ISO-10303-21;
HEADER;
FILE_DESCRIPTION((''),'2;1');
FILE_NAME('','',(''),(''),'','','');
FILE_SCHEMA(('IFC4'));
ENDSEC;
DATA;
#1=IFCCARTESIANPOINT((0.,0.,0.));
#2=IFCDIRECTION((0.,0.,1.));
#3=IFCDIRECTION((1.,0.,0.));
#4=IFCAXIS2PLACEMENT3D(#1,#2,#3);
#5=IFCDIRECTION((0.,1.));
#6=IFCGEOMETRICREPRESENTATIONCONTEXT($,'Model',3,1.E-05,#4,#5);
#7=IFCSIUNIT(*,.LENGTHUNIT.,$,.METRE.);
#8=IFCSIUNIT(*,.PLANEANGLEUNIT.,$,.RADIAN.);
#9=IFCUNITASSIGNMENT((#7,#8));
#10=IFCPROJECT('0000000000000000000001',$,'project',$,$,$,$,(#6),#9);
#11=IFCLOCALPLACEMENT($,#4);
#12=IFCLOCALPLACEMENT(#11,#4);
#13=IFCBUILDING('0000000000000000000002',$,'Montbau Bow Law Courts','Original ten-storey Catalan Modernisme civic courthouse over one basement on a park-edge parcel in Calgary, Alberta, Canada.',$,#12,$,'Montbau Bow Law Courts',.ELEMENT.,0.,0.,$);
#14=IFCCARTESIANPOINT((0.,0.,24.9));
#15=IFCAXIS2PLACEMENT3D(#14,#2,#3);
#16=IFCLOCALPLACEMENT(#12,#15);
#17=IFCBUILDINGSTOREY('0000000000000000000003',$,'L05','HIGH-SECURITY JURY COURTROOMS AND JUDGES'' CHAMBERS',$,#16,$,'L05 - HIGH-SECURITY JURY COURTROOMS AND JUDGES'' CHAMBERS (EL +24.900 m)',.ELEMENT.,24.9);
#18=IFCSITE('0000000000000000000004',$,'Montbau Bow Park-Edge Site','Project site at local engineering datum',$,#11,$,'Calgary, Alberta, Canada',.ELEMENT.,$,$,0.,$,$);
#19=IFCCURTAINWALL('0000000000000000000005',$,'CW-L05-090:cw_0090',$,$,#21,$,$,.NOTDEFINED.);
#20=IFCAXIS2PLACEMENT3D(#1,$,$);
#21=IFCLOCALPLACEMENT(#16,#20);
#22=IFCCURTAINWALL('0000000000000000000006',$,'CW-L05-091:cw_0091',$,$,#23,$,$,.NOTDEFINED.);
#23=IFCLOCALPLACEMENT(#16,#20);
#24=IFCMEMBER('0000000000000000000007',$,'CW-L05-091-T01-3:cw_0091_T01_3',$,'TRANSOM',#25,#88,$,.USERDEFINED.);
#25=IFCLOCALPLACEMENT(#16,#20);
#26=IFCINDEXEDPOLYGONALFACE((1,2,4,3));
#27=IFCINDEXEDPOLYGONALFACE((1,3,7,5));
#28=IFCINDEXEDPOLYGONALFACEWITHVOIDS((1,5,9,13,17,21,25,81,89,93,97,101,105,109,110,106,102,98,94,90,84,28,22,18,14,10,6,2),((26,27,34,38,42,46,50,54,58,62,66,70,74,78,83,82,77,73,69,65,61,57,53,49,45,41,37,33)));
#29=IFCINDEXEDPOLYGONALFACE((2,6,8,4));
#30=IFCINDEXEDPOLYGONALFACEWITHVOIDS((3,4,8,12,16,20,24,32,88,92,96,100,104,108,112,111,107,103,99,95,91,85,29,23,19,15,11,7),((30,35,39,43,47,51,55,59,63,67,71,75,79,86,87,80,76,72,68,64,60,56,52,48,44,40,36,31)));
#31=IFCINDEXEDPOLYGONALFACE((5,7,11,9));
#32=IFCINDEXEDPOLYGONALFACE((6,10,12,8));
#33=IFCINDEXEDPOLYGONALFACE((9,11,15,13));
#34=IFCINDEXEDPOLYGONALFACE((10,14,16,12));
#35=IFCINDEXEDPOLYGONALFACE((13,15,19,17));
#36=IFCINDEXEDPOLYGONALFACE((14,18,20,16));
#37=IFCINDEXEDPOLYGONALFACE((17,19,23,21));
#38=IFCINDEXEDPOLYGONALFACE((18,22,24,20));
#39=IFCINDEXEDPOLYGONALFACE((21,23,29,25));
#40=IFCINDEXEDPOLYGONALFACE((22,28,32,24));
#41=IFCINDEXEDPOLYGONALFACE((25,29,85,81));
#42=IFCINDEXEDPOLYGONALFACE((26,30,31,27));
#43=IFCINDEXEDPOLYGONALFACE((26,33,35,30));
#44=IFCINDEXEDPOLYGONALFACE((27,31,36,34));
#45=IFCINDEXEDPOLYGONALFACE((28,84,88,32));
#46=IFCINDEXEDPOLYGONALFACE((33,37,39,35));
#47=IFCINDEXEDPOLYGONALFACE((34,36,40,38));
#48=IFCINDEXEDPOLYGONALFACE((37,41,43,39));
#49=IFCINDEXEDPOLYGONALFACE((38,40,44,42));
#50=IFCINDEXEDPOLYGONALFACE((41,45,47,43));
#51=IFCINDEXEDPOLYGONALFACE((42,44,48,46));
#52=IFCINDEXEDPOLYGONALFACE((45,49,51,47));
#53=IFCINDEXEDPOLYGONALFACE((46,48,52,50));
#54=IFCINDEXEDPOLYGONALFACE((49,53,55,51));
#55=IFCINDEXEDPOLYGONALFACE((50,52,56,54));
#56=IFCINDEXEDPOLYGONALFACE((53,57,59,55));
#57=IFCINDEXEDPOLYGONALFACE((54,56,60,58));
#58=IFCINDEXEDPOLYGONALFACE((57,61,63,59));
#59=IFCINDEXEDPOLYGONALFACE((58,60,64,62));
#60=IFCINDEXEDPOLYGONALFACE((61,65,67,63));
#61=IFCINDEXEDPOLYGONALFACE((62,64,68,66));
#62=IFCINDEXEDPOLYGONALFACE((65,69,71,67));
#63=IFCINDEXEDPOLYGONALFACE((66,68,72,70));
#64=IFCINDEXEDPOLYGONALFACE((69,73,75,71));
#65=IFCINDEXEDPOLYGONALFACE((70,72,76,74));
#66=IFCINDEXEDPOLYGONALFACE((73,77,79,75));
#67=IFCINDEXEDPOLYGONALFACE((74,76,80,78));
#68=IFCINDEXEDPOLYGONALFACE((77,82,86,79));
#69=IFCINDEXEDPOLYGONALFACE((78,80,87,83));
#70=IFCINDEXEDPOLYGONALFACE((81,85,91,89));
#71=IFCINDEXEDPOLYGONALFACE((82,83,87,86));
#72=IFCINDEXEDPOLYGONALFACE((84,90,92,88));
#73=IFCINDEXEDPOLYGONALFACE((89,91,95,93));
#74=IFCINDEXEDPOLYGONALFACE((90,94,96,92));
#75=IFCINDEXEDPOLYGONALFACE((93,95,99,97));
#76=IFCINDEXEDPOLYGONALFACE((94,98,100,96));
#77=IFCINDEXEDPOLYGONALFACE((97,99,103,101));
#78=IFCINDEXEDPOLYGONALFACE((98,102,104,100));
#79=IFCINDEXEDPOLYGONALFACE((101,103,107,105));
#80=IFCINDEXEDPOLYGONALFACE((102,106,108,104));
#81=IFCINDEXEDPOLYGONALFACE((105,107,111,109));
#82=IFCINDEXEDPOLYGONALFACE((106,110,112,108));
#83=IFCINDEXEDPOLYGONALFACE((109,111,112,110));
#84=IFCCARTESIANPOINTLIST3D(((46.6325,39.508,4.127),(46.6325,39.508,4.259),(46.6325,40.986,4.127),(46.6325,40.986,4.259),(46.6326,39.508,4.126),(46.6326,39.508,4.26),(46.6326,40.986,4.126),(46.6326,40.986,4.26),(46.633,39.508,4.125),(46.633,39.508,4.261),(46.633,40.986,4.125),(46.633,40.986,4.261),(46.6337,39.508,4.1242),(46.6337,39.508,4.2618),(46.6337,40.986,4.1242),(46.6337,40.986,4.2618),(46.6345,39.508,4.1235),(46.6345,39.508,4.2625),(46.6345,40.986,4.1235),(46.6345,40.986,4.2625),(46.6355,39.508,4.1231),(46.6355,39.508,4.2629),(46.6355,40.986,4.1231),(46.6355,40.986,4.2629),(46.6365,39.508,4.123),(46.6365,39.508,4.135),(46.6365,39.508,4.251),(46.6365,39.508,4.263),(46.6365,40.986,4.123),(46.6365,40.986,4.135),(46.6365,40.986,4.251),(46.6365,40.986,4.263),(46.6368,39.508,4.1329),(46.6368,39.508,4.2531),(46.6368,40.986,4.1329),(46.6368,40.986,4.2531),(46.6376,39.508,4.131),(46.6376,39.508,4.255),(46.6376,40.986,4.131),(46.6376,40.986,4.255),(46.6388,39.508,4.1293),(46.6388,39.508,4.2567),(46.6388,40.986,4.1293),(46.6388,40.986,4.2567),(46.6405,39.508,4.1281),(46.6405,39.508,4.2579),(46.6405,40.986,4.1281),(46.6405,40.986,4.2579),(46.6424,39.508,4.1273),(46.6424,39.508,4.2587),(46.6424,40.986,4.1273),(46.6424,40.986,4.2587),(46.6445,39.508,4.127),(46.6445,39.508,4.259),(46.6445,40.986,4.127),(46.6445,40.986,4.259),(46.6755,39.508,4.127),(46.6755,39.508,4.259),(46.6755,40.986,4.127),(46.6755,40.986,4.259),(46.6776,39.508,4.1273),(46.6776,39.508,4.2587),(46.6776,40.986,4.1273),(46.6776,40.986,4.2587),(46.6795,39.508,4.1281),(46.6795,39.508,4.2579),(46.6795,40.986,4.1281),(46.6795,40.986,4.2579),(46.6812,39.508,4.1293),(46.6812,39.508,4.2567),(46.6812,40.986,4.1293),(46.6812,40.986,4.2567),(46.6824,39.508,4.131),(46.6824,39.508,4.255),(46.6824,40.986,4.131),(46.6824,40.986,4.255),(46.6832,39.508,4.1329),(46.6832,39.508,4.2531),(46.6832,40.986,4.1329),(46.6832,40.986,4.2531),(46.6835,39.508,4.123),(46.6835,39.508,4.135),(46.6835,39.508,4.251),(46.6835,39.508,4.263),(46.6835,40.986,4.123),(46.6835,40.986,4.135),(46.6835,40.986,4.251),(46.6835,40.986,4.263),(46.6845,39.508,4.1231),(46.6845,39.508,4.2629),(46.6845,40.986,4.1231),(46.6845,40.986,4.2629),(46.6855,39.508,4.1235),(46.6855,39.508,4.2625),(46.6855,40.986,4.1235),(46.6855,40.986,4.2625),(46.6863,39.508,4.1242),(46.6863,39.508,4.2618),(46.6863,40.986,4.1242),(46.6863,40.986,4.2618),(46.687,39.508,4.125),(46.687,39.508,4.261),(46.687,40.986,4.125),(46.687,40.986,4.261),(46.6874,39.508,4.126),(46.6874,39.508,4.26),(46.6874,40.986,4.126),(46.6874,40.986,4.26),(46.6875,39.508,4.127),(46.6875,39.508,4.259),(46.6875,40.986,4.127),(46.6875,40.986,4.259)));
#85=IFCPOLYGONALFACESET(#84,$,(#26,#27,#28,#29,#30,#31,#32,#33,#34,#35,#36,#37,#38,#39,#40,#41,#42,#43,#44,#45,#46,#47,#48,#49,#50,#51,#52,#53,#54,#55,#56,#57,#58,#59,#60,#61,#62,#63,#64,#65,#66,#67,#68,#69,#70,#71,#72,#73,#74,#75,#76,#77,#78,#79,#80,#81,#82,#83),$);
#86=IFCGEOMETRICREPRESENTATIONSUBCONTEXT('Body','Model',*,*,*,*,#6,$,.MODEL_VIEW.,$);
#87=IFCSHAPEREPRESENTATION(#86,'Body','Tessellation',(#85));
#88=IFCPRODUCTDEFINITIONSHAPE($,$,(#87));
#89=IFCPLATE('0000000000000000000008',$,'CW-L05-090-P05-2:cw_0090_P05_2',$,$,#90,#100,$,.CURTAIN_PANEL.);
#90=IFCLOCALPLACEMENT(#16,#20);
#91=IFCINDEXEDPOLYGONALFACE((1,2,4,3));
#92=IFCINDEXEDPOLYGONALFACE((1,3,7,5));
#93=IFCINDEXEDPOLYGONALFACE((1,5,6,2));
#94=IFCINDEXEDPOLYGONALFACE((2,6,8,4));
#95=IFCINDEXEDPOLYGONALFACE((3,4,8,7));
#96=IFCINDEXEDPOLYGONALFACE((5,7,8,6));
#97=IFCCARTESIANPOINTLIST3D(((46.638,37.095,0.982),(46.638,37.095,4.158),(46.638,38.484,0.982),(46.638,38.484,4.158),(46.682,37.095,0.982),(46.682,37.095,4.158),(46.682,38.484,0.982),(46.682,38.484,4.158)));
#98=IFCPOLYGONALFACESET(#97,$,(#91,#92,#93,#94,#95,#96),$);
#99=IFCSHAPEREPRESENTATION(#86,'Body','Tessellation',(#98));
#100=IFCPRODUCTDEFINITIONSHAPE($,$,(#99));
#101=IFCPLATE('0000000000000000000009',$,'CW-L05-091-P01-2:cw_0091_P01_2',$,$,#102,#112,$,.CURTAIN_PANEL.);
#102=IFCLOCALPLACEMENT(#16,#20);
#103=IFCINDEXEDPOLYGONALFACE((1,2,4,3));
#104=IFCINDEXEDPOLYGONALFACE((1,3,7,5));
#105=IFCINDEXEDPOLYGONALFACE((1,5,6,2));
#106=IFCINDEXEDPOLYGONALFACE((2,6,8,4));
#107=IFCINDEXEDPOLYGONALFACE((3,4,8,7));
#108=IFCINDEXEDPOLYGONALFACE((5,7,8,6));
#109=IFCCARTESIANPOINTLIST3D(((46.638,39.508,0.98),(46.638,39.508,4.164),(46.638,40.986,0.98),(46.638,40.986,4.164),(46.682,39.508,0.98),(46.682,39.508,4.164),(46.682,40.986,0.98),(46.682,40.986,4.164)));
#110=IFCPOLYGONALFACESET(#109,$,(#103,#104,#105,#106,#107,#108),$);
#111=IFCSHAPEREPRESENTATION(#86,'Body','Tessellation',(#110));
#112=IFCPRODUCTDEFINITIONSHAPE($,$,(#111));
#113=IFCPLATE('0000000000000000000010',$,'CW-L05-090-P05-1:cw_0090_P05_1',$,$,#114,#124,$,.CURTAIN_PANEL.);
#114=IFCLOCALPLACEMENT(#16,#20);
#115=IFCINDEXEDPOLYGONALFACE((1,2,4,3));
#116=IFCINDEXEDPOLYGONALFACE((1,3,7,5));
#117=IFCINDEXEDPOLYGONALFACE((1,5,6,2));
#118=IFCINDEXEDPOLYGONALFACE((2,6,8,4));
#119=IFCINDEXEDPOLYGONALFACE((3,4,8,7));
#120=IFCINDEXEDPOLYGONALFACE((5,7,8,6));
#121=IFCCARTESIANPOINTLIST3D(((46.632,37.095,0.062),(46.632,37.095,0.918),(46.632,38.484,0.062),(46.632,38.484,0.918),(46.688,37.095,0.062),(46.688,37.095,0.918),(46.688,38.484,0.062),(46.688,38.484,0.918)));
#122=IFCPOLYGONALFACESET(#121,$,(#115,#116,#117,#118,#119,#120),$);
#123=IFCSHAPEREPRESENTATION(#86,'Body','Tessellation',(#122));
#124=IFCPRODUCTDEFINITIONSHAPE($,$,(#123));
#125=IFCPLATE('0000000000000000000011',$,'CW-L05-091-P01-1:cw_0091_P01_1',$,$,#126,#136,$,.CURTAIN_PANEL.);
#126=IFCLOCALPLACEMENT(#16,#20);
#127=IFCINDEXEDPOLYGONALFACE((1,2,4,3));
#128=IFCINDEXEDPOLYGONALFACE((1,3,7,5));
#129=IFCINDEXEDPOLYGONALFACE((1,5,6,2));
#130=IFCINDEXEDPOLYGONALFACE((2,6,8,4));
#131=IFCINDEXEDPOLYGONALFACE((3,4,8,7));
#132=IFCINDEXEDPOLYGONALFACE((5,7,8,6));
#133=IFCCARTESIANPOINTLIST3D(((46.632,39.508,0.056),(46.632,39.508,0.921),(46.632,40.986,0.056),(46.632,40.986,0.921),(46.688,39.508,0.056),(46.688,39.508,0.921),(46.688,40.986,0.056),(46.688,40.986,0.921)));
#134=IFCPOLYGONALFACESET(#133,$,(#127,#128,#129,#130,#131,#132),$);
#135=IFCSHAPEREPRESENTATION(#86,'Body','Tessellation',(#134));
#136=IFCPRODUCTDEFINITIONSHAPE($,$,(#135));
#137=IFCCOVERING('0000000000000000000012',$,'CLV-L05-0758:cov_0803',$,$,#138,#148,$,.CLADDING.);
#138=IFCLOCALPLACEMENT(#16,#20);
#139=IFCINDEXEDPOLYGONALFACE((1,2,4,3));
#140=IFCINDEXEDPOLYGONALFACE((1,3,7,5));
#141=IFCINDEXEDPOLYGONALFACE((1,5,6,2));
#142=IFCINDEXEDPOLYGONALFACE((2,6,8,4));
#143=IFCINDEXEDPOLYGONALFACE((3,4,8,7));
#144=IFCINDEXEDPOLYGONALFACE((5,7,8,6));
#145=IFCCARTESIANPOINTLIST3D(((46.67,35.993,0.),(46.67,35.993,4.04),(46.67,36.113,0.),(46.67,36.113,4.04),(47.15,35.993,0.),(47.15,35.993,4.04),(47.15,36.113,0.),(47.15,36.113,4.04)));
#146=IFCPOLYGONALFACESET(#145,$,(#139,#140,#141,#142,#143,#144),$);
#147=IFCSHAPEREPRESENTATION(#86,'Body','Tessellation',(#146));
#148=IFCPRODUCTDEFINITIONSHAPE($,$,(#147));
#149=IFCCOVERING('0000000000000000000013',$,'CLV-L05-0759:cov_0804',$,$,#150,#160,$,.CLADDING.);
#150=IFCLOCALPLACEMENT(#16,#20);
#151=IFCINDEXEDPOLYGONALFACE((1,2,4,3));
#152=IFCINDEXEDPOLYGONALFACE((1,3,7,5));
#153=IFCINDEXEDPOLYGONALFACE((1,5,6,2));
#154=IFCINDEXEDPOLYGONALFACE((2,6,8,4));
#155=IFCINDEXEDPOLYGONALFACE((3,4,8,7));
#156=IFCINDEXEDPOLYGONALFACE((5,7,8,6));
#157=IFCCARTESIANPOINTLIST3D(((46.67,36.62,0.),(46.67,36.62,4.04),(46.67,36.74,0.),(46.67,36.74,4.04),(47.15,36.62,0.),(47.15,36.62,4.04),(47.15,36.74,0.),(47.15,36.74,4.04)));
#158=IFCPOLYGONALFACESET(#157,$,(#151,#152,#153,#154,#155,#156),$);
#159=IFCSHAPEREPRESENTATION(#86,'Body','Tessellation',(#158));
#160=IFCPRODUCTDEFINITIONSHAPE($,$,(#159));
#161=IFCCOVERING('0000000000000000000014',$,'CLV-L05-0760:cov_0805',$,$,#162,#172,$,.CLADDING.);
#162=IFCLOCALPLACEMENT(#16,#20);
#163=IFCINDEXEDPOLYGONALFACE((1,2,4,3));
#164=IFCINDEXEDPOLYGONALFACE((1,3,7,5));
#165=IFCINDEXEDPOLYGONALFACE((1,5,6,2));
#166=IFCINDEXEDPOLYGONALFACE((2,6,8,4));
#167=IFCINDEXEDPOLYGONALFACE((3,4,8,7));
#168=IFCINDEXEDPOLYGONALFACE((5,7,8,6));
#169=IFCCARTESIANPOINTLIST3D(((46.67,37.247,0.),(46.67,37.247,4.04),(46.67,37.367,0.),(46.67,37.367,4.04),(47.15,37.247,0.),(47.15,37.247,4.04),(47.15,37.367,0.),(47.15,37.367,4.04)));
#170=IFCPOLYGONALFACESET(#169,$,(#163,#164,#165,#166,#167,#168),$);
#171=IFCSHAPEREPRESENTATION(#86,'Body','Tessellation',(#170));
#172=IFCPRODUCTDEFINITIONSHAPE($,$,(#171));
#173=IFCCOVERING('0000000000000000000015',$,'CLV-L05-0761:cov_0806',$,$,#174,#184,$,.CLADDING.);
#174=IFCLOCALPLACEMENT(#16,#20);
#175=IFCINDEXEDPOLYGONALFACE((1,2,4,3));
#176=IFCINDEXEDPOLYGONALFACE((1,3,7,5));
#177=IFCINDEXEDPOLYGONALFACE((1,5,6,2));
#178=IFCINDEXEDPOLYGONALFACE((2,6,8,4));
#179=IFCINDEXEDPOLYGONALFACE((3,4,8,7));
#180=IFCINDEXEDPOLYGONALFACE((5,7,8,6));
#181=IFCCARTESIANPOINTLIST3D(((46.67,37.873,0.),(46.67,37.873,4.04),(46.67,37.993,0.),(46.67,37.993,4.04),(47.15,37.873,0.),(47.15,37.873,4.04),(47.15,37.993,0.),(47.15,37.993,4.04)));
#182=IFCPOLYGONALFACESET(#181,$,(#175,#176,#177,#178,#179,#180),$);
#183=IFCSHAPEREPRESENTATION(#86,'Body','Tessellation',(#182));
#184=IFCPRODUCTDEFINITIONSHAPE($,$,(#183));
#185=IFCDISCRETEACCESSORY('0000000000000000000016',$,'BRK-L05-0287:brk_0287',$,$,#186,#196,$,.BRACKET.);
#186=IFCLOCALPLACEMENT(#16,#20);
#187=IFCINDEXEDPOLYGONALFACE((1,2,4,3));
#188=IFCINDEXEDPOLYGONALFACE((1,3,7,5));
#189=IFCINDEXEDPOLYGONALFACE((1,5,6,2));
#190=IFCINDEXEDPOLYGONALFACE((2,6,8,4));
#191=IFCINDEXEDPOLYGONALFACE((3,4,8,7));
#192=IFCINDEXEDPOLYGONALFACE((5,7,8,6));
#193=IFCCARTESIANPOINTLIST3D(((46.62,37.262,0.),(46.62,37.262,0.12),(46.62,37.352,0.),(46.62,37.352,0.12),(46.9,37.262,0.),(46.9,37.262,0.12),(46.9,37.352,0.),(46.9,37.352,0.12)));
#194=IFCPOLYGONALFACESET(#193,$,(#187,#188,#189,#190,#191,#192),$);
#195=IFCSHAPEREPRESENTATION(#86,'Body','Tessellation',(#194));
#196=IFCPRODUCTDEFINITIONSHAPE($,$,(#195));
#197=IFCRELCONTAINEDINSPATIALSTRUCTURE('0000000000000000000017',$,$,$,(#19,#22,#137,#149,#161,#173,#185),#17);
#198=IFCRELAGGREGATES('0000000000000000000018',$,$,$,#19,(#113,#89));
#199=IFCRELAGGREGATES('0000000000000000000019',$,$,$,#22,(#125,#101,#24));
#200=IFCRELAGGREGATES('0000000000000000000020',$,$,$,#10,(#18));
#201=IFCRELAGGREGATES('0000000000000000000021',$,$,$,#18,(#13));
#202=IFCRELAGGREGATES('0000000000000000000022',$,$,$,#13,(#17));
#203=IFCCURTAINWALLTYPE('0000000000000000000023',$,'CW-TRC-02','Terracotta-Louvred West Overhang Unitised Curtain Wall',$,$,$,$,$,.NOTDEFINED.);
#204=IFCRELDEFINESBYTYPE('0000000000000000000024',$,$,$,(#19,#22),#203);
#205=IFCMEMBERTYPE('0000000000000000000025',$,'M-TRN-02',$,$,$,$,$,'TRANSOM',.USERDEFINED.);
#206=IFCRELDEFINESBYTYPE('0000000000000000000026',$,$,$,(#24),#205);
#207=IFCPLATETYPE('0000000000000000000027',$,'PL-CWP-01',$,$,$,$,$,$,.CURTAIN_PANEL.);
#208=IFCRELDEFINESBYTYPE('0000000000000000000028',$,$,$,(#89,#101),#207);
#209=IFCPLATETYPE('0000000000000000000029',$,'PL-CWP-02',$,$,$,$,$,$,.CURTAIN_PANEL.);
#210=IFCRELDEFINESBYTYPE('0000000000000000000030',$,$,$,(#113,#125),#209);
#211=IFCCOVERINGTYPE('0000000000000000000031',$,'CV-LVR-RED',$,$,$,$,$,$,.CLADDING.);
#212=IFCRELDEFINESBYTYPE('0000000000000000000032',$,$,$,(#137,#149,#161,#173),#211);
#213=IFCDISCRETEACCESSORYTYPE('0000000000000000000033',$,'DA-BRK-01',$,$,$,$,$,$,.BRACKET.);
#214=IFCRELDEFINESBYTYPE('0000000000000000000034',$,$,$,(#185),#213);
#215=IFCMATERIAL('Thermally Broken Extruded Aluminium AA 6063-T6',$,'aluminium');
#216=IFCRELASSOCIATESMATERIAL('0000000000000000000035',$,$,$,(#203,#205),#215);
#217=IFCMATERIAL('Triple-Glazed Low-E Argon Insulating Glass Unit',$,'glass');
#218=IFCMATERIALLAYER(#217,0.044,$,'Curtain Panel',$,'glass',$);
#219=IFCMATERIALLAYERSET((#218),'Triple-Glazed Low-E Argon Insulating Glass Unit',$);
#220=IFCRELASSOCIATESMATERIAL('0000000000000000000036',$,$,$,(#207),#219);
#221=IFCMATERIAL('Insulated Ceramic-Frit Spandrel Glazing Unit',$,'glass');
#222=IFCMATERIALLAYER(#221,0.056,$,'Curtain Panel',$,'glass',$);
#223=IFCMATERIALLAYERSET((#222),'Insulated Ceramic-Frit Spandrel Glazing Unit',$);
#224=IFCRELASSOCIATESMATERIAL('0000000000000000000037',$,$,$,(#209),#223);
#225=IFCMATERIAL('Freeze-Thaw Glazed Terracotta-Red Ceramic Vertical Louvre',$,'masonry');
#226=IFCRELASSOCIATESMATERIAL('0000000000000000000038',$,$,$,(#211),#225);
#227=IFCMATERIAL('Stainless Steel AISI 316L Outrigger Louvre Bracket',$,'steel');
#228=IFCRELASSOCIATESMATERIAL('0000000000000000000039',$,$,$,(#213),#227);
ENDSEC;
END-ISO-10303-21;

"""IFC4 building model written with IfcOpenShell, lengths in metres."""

from ifc_helpers import new_model, si_unit, direction, frame, frame_2d, origin_with_axes, origin_2d_with_axis, place, context, subcontext, project, spatial, rectangle, hollow_rectangle, extrude, material, layer, layer_set, material_profile, profile_set, type_object, element, aggregate, save


model = new_model("IFC4")

# Units and contexts
model_context = context("Model", 3, precision=1e-05, world=origin_with_axes(), true_north=direction((0.0, 1.0)))
body_context = subcontext(model_context, "Body", "Model", "MODEL_VIEW")
ifc_project = project(units=[si_unit("LENGTHUNIT", "METRE"), si_unit("PLANEANGLEUNIT", "RADIAN")], contexts=[model_context])

# Site, building, storey
site_placement = place(None, origin_with_axes())
site = spatial("IfcSite", under=ifc_project, at=site_placement, Name="Montbau Bow Park-Edge Site", Description="Project site at local engineering datum", LongName="Calgary, Alberta, Canada", CompositionType="ELEMENT", RefElevation=0.0)
building_placement = place(site_placement, origin_with_axes())
building = spatial("IfcBuilding", under=site, at=building_placement, Name="Montbau Bow Law Courts", Description="Original ten-storey Catalan Modernisme civic courthouse over one basement on a park-edge parcel in Calgary, Alberta, Canada.", LongName="Montbau Bow Law Courts", CompositionType="ELEMENT", ElevationOfRefHeight=0.0, ElevationOfTerrain=0.0)
storey_placement = place(building_placement, frame((0.0, 0.0, 24.9), z_axis=(0.0, 0.0, 1.0), x_axis=(1.0, 0.0, 0.0)))
storey = spatial("IfcBuildingStorey", under=building, at=storey_placement, Name="L05", Description="HIGH-SECURITY JURY COURTROOMS AND JUDGES' CHAMBERS", LongName="L05 - HIGH-SECURITY JURY COURTROOMS AND JUDGES' CHAMBERS (EL +24.900 m)", CompositionType="ELEMENT", Elevation=24.9)

# Curtain wall
ifc_material_1 = material(Name="Thermally Broken Extruded Aluminium AA 6063-T6", Category="aluminium")
curtain_wall_type = type_object("IfcCurtainWallType", Name="CW-TRC-02", Description="Terracotta-Louvred West Overhang Unitised Curtain Wall", PredefinedType="NOTDEFINED", material=ifc_material_1)
curtain_wall_1_placement = place(None, frame((46.66, 31.04, 24.9), z_axis=(0.0, 0.0, 1.0), x_axis=(1.0, 0.0, 0.0)))
curtain_wall_1 = element("IfcCurtainWall", 1, at=curtain_wall_1_placement, inside=storey, type_object=curtain_wall_type, Name="CW-L05-090:cw_0090", PredefinedType="NOTDEFINED")

# Curtain wall
curtain_wall_2_placement = place(None, frame((46.66, 39.44, 24.9), z_axis=(0.0, 0.0, 1.0), x_axis=(1.0, 0.0, 0.0)))
curtain_wall_2 = element("IfcCurtainWall", 2, at=curtain_wall_2_placement, inside=storey, type_object=curtain_wall_type, Name="CW-L05-091:cw_0091", PredefinedType="NOTDEFINED")

# Member
ifc_material_profile_1 = material_profile(ifc_material_1, hollow_rectangle(XDim=0.055, YDim=0.14, WallThickness=0.004, InnerFilletRadius=0.008, OuterFilletRadius=0.004, at=origin_2d_with_axis()), Name="CWT-140X55", Category="Main", Priority=0)
ifc_profile_set_1 = profile_set([ifc_material_profile_1], Name="Thermally Broken Extruded Aluminium AA 6063-T6")
member_type_1 = type_object("IfcMemberType", Name="M-TRN-02", ElementType="TRANSOM", PredefinedType="USERDEFINED", material=ifc_profile_set_1)
member_1_placement = place(None, frame((46.66, 39.508, 29.093), z_axis=(0.0, 1.0, 0.0), x_axis=(-1.0, 0.0, 0.0)))
member_1 = element("IfcMember", 3, at=member_1_placement, type_object=member_type_1, Name="CW-L05-091-T01-3:cw_0091_T01_3", ObjectType="TRANSOM", PredefinedType="USERDEFINED", context=body_context, shape_type="SweptSolid", body=[
    extrude(hollow_rectangle(XDim=0.055, YDim=0.14, WallThickness=0.004, InnerFilletRadius=0.008, OuterFilletRadius=0.004, at=origin_2d_with_axis()), origin_with_axes(), (0.0, 0.0, 1.0), 1.478),
])

# Plates
ifc_material_2 = material(Name="Triple-Glazed Low-E Argon Insulating Glass Unit", Category="glass")
ifc_layer_1 = layer(ifc_material_2, 0.044, Name="Curtain Panel", Category="glass")
ifc_layer_set_1 = layer_set([ifc_layer_1], Name="Triple-Glazed Low-E Argon Insulating Glass Unit")
plate_type_1 = type_object("IfcPlateType", Name="PL-CWP-01", PredefinedType="CURTAIN_PANEL", material=ifc_layer_set_1)
plate_1_placement = place(None, frame((46.66, 37.095, 25.882), z_axis=(1.0, 0.0, 0.0), x_axis=(0.0, 1.0, 0.0)))
plate_1 = element("IfcPlate", 4, at=plate_1_placement, type_object=plate_type_1, Name="CW-L05-090-P05-2:cw_0090_P05_2", PredefinedType="CURTAIN_PANEL", context=body_context, shape_type="SweptSolid", body=[
    extrude(rectangle(XDim=1.389, YDim=3.176, at=frame_2d((0.6945, 1.588), x_axis=(1.0, 0.0))), frame((0.0, 0.0, -0.022), z_axis=(0.0, 0.0, 1.0), x_axis=(1.0, 0.0, 0.0)), (0.0, 0.0, 1.0), 0.044),
])
plate_2_placement = place(None, frame((46.66, 39.508, 25.88), z_axis=(1.0, 0.0, 0.0), x_axis=(0.0, 1.0, 0.0)))
plate_2 = element("IfcPlate", 5, at=plate_2_placement, type_object=plate_type_1, Name="CW-L05-091-P01-2:cw_0091_P01_2", PredefinedType="CURTAIN_PANEL", context=body_context, shape_type="SweptSolid", body=[
    extrude(rectangle(XDim=1.478, YDim=3.184, at=frame_2d((0.739, 1.592), x_axis=(1.0, 0.0))), frame((0.0, 0.0, -0.022), z_axis=(0.0, 0.0, 1.0), x_axis=(1.0, 0.0, 0.0)), (0.0, 0.0, 1.0), 0.044),
])
ifc_material_3 = material(Name="Insulated Ceramic-Frit Spandrel Glazing Unit", Category="glass")
ifc_layer_2 = layer(ifc_material_3, 0.056, Name="Curtain Panel", Category="glass")
ifc_layer_set_2 = layer_set([ifc_layer_2], Name="Insulated Ceramic-Frit Spandrel Glazing Unit")
plate_type_2 = type_object("IfcPlateType", Name="PL-CWP-02", PredefinedType="CURTAIN_PANEL", material=ifc_layer_set_2)
plate_3_placement = place(None, frame((46.66, 37.095, 24.962), z_axis=(1.0, 0.0, 0.0), x_axis=(0.0, 1.0, 0.0)))
plate_3 = element("IfcPlate", 6, at=plate_3_placement, type_object=plate_type_2, Name="CW-L05-090-P05-1:cw_0090_P05_1", PredefinedType="CURTAIN_PANEL", context=body_context, shape_type="SweptSolid", body=[
    extrude(rectangle(XDim=1.389, YDim=0.856, at=frame_2d((0.6945, 0.428), x_axis=(1.0, 0.0))), frame((0.0, 0.0, -0.028), z_axis=(0.0, 0.0, 1.0), x_axis=(1.0, 0.0, 0.0)), (0.0, 0.0, 1.0), 0.056),
])
aggregate(curtain_wall_1, [plate_3, plate_1])
plate_4_placement = place(None, frame((46.66, 39.508, 24.956), z_axis=(1.0, 0.0, 0.0), x_axis=(0.0, 1.0, 0.0)))
plate_4 = element("IfcPlate", 7, at=plate_4_placement, type_object=plate_type_2, Name="CW-L05-091-P01-1:cw_0091_P01_1", PredefinedType="CURTAIN_PANEL", context=body_context, shape_type="SweptSolid", body=[
    extrude(rectangle(XDim=1.478, YDim=0.865, at=frame_2d((0.739, 0.4325), x_axis=(1.0, 0.0))), frame((0.0, 0.0, -0.028), z_axis=(0.0, 0.0, 1.0), x_axis=(1.0, 0.0, 0.0)), (0.0, 0.0, 1.0), 0.056),
])
aggregate(curtain_wall_2, [plate_4, plate_2, member_1])

# Coverings
ifc_material_4 = material(Name="Freeze-Thaw Glazed Terracotta-Red Ceramic Vertical Louvre", Category="masonry")
covering_type = type_object("IfcCoveringType", Name="CV-LVR-RED", PredefinedType="CLADDING", material=ifc_material_4)
for number, where, z_axis, x_axis, name in (
    (8, (46.67, 36.053, 24.9), (0.0, -1.0, 0.0), (1.0, 0.0, 0.0), "CLV-L05-0758:cov_0803"),
    (9, (46.67, 36.68, 24.9), (0.0, -1.0, 0.0), (1.0, 0.0, 0.0), "CLV-L05-0759:cov_0804"),
    (10, (46.67, 37.307, 24.9), (0.0, -1.0, 0.0), (1.0, 0.0, 0.0), "CLV-L05-0760:cov_0805"),
    (11, (46.67, 37.933, 24.9), (0.0, -1.0, 0.0), (1.0, 0.0, 0.0), "CLV-L05-0761:cov_0806"),
):
    element("IfcCovering", number, at=place(None, frame(where, z_axis=z_axis, x_axis=x_axis)), inside=storey, type_object=covering_type, Name=name, PredefinedType="CLADDING", context=body_context, shape_type="SweptSolid", body=[
        extrude(rectangle(XDim=0.48, YDim=4.04, at=frame_2d((0.24, 2.02), x_axis=(1.0, 0.0))), frame((0.0, 0.0, -0.06), z_axis=(0.0, 0.0, 1.0), x_axis=(1.0, 0.0, 0.0)), (0.0, 0.0, 1.0), 0.12),
    ])

# Discrete accessory
ifc_material_5 = material(Name="Stainless Steel AISI 316L Outrigger Louvre Bracket", Category="steel")
discrete_accessory_type = type_object("IfcDiscreteAccessoryType", Name="DA-BRK-01", PredefinedType="BRACKET", material=ifc_material_5)
discrete_accessory_placement = place(None, frame((46.76, 37.307, 24.9), z_axis=(0.0, 0.0, 1.0), x_axis=(1.0, 0.0, 0.0)))
element("IfcDiscreteAccessory", 12, at=discrete_accessory_placement, inside=storey, type_object=discrete_accessory_type, Name="BRK-L05-0287:brk_0287", PredefinedType="BRACKET", context=body_context, shape_type="SweptSolid", body=[
    extrude(rectangle(XDim=0.28, YDim=0.09, at=origin_2d_with_axis()), origin_with_axes(), (0.0, 0.0, 1.0), 0.12),
])

save(model, "model.ifc")
